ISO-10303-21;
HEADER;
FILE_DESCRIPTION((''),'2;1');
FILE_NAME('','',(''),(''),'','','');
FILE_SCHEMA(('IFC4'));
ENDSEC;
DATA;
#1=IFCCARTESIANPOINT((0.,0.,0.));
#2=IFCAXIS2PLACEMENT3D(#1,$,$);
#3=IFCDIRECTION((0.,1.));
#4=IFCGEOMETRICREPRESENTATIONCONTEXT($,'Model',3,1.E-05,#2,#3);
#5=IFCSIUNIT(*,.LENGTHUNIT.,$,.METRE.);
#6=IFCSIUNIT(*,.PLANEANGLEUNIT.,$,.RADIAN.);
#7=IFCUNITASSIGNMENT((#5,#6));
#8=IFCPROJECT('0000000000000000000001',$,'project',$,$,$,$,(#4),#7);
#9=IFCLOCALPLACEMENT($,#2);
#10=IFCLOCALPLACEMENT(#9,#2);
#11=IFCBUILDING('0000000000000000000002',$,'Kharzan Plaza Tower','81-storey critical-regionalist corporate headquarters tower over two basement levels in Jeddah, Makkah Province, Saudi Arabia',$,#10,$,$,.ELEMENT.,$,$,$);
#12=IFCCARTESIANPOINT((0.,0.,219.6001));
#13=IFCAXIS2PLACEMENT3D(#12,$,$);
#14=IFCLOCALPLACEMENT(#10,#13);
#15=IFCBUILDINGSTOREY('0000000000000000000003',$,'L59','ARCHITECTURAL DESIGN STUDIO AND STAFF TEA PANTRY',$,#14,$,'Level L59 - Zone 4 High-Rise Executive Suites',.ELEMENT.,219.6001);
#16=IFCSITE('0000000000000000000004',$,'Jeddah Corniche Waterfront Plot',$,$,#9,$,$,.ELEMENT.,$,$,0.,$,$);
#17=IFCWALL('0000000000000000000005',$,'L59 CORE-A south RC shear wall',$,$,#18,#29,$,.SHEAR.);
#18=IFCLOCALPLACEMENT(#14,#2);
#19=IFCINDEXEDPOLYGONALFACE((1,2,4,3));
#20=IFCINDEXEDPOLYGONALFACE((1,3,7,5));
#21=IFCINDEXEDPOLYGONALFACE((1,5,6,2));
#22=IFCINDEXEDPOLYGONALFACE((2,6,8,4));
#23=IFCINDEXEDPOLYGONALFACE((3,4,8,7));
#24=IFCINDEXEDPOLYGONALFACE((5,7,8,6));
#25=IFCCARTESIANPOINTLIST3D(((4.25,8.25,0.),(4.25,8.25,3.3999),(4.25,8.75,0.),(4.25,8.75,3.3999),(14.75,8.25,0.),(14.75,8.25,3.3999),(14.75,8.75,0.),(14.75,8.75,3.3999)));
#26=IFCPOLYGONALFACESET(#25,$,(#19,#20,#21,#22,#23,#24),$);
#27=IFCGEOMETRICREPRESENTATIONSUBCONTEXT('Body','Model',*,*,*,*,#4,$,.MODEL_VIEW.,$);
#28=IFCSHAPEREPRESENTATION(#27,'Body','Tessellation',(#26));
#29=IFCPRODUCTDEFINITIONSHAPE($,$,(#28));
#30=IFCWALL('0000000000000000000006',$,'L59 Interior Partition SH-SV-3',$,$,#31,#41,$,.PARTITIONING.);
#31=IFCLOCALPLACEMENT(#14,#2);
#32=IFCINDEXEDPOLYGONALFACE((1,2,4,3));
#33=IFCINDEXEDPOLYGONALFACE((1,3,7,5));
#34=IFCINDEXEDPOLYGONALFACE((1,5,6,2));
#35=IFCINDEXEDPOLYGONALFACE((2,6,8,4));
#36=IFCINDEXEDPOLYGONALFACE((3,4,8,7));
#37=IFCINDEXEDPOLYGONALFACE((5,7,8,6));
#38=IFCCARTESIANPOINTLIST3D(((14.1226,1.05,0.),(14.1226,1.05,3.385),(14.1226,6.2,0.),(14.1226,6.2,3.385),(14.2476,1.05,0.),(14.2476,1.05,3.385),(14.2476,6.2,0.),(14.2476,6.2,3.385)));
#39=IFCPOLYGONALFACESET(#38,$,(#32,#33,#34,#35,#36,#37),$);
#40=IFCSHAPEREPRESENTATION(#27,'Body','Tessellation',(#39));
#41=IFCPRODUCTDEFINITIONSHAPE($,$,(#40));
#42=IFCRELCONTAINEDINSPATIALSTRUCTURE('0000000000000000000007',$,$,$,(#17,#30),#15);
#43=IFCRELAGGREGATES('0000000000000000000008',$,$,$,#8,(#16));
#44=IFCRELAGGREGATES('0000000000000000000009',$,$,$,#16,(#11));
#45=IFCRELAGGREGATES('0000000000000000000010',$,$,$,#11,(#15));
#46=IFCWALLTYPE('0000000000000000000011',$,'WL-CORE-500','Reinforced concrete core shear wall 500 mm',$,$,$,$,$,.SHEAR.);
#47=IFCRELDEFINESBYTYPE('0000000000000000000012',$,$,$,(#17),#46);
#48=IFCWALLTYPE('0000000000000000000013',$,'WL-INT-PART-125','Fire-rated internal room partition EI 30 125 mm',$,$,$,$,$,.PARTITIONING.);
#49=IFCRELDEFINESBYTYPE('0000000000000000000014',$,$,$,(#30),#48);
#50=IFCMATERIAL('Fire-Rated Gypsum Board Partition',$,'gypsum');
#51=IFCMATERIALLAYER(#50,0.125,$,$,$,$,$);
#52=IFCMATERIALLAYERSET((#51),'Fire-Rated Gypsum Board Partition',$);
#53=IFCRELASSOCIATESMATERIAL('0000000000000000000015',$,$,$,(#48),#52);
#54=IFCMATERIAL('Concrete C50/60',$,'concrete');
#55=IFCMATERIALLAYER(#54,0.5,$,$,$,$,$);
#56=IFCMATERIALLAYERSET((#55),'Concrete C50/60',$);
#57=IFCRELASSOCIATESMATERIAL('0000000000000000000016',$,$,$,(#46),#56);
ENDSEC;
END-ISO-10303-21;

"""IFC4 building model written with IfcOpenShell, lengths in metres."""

from ifc_helpers import new_model, si_unit, direction, frame, frame_2d, origin, place, context, subcontext, project, spatial, rectangle, extrude, source, transform, mapped, material, layer, layer_set, type_object, element, save


model = new_model("IFC4")

# Units and contexts
model_context = context("Model", 3, precision=1e-05, world=origin(), true_north=direction((0.0, 1.0)))
body_context = subcontext(model_context, "Body", "Model", "MODEL_VIEW")
ifc_project = project(units=[si_unit("LENGTHUNIT", "METRE"), si_unit("PLANEANGLEUNIT", "RADIAN")], contexts=[model_context])

# Site, building, storey
site_placement = place(None, origin())
site = spatial("IfcSite", under=ifc_project, at=site_placement, Name="Jeddah Corniche Waterfront Plot", CompositionType="ELEMENT", RefElevation=0.0)
building_placement = place(site_placement, origin())
building = spatial("IfcBuilding", under=site, at=building_placement, Name="Kharzan Plaza Tower", Description="81-storey critical-regionalist corporate headquarters tower over two basement levels in Jeddah, Makkah Province, Saudi Arabia", CompositionType="ELEMENT")
storey_placement = place(building_placement, frame((0.0, 0.0, 219.6001)))
storey = spatial("IfcBuildingStorey", under=building, at=storey_placement, Name="L59", Description="ARCHITECTURAL DESIGN STUDIO AND STAFF TEA PANTRY", LongName="Level L59 - Zone 4 High-Rise Executive Suites", CompositionType="ELEMENT", Elevation=219.6001)

# Shared definitions
ifc_material_1 = material(Name="Concrete C50/60", Category="concrete")

# Shared definitions
ifc_material_2 = material(Name="Fire-Rated Gypsum Board Partition", Category="gypsum")
ifc_layer_1 = layer(ifc_material_2, 0.125)
ifc_layer_set_1 = layer_set([ifc_layer_1], Name="Fire-Rated Gypsum Board Partition")
wall_type_1 = type_object("IfcWallType", Name="WL-INT-PART-125", Description="Fire-rated internal room partition EI 30 125 mm", PredefinedType="PARTITIONING", material=ifc_layer_set_1)

# Walls
ifc_layer_2 = layer(ifc_material_1, 0.5)
ifc_layer_set_2 = layer_set([ifc_layer_2], Name="Concrete C50/60")
wall_type_2 = type_object("IfcWallType", Name="WL-CORE-500", Description="Reinforced concrete core shear wall 500 mm", PredefinedType="SHEAR", material=ifc_layer_set_2)
shared_shape_1 = source(origin(), body_context, "Body", "SweptSolid", [
    extrude(rectangle(XDim=10.5, YDim=0.5, at=frame_2d((5.25, 0.0))), origin(), (0.0, 0.0, 1.0), 3.3999),
])
wall_1_placement = place(storey_placement, frame((4.25, 8.5, 0.0), z_axis=(0.0, 0.0, 1.0), x_axis=(1.0, 0.0, 0.0)))
element("IfcWall", 1, at=wall_1_placement, inside=storey, type_object=wall_type_2, Name="L59 CORE-A south RC shear wall", PredefinedType="SHEAR", context=body_context, shape_type="MappedRepresentation", body=[
    mapped(shared_shape_1, transform((0.0, 0.0, 0.0), x_axis=(1.0, 0.0, 0.0), y_axis=(0.0, 1.0, 0.0), z_axis=(0.0, 0.0, 1.0))),
])
shared_shape_2 = source(origin(), body_context, "Body", "SweptSolid", [
    extrude(rectangle(XDim=5.1499, YDim=0.125, at=frame_2d((2.575, 0.0))), origin(), (0.0, 0.0, 1.0), 3.385),
])
wall_2_placement = place(storey_placement, frame((14.1851, 1.05, 0.0), z_axis=(0.0, 0.0, 1.0), x_axis=(0.0, 1.0, 0.0)))
element("IfcWall", 2, at=wall_2_placement, inside=storey, type_object=wall_type_1, Name="L59 Interior Partition SH-SV-3", PredefinedType="PARTITIONING", context=body_context, shape_type="MappedRepresentation", body=[
    mapped(shared_shape_2, transform((0.0, 0.0, 0.0), x_axis=(1.0, 0.0, 0.0), y_axis=(0.0, 1.0, 0.0), z_axis=(0.0, 0.0, 1.0))),
])

save(model, "model.ifc")
